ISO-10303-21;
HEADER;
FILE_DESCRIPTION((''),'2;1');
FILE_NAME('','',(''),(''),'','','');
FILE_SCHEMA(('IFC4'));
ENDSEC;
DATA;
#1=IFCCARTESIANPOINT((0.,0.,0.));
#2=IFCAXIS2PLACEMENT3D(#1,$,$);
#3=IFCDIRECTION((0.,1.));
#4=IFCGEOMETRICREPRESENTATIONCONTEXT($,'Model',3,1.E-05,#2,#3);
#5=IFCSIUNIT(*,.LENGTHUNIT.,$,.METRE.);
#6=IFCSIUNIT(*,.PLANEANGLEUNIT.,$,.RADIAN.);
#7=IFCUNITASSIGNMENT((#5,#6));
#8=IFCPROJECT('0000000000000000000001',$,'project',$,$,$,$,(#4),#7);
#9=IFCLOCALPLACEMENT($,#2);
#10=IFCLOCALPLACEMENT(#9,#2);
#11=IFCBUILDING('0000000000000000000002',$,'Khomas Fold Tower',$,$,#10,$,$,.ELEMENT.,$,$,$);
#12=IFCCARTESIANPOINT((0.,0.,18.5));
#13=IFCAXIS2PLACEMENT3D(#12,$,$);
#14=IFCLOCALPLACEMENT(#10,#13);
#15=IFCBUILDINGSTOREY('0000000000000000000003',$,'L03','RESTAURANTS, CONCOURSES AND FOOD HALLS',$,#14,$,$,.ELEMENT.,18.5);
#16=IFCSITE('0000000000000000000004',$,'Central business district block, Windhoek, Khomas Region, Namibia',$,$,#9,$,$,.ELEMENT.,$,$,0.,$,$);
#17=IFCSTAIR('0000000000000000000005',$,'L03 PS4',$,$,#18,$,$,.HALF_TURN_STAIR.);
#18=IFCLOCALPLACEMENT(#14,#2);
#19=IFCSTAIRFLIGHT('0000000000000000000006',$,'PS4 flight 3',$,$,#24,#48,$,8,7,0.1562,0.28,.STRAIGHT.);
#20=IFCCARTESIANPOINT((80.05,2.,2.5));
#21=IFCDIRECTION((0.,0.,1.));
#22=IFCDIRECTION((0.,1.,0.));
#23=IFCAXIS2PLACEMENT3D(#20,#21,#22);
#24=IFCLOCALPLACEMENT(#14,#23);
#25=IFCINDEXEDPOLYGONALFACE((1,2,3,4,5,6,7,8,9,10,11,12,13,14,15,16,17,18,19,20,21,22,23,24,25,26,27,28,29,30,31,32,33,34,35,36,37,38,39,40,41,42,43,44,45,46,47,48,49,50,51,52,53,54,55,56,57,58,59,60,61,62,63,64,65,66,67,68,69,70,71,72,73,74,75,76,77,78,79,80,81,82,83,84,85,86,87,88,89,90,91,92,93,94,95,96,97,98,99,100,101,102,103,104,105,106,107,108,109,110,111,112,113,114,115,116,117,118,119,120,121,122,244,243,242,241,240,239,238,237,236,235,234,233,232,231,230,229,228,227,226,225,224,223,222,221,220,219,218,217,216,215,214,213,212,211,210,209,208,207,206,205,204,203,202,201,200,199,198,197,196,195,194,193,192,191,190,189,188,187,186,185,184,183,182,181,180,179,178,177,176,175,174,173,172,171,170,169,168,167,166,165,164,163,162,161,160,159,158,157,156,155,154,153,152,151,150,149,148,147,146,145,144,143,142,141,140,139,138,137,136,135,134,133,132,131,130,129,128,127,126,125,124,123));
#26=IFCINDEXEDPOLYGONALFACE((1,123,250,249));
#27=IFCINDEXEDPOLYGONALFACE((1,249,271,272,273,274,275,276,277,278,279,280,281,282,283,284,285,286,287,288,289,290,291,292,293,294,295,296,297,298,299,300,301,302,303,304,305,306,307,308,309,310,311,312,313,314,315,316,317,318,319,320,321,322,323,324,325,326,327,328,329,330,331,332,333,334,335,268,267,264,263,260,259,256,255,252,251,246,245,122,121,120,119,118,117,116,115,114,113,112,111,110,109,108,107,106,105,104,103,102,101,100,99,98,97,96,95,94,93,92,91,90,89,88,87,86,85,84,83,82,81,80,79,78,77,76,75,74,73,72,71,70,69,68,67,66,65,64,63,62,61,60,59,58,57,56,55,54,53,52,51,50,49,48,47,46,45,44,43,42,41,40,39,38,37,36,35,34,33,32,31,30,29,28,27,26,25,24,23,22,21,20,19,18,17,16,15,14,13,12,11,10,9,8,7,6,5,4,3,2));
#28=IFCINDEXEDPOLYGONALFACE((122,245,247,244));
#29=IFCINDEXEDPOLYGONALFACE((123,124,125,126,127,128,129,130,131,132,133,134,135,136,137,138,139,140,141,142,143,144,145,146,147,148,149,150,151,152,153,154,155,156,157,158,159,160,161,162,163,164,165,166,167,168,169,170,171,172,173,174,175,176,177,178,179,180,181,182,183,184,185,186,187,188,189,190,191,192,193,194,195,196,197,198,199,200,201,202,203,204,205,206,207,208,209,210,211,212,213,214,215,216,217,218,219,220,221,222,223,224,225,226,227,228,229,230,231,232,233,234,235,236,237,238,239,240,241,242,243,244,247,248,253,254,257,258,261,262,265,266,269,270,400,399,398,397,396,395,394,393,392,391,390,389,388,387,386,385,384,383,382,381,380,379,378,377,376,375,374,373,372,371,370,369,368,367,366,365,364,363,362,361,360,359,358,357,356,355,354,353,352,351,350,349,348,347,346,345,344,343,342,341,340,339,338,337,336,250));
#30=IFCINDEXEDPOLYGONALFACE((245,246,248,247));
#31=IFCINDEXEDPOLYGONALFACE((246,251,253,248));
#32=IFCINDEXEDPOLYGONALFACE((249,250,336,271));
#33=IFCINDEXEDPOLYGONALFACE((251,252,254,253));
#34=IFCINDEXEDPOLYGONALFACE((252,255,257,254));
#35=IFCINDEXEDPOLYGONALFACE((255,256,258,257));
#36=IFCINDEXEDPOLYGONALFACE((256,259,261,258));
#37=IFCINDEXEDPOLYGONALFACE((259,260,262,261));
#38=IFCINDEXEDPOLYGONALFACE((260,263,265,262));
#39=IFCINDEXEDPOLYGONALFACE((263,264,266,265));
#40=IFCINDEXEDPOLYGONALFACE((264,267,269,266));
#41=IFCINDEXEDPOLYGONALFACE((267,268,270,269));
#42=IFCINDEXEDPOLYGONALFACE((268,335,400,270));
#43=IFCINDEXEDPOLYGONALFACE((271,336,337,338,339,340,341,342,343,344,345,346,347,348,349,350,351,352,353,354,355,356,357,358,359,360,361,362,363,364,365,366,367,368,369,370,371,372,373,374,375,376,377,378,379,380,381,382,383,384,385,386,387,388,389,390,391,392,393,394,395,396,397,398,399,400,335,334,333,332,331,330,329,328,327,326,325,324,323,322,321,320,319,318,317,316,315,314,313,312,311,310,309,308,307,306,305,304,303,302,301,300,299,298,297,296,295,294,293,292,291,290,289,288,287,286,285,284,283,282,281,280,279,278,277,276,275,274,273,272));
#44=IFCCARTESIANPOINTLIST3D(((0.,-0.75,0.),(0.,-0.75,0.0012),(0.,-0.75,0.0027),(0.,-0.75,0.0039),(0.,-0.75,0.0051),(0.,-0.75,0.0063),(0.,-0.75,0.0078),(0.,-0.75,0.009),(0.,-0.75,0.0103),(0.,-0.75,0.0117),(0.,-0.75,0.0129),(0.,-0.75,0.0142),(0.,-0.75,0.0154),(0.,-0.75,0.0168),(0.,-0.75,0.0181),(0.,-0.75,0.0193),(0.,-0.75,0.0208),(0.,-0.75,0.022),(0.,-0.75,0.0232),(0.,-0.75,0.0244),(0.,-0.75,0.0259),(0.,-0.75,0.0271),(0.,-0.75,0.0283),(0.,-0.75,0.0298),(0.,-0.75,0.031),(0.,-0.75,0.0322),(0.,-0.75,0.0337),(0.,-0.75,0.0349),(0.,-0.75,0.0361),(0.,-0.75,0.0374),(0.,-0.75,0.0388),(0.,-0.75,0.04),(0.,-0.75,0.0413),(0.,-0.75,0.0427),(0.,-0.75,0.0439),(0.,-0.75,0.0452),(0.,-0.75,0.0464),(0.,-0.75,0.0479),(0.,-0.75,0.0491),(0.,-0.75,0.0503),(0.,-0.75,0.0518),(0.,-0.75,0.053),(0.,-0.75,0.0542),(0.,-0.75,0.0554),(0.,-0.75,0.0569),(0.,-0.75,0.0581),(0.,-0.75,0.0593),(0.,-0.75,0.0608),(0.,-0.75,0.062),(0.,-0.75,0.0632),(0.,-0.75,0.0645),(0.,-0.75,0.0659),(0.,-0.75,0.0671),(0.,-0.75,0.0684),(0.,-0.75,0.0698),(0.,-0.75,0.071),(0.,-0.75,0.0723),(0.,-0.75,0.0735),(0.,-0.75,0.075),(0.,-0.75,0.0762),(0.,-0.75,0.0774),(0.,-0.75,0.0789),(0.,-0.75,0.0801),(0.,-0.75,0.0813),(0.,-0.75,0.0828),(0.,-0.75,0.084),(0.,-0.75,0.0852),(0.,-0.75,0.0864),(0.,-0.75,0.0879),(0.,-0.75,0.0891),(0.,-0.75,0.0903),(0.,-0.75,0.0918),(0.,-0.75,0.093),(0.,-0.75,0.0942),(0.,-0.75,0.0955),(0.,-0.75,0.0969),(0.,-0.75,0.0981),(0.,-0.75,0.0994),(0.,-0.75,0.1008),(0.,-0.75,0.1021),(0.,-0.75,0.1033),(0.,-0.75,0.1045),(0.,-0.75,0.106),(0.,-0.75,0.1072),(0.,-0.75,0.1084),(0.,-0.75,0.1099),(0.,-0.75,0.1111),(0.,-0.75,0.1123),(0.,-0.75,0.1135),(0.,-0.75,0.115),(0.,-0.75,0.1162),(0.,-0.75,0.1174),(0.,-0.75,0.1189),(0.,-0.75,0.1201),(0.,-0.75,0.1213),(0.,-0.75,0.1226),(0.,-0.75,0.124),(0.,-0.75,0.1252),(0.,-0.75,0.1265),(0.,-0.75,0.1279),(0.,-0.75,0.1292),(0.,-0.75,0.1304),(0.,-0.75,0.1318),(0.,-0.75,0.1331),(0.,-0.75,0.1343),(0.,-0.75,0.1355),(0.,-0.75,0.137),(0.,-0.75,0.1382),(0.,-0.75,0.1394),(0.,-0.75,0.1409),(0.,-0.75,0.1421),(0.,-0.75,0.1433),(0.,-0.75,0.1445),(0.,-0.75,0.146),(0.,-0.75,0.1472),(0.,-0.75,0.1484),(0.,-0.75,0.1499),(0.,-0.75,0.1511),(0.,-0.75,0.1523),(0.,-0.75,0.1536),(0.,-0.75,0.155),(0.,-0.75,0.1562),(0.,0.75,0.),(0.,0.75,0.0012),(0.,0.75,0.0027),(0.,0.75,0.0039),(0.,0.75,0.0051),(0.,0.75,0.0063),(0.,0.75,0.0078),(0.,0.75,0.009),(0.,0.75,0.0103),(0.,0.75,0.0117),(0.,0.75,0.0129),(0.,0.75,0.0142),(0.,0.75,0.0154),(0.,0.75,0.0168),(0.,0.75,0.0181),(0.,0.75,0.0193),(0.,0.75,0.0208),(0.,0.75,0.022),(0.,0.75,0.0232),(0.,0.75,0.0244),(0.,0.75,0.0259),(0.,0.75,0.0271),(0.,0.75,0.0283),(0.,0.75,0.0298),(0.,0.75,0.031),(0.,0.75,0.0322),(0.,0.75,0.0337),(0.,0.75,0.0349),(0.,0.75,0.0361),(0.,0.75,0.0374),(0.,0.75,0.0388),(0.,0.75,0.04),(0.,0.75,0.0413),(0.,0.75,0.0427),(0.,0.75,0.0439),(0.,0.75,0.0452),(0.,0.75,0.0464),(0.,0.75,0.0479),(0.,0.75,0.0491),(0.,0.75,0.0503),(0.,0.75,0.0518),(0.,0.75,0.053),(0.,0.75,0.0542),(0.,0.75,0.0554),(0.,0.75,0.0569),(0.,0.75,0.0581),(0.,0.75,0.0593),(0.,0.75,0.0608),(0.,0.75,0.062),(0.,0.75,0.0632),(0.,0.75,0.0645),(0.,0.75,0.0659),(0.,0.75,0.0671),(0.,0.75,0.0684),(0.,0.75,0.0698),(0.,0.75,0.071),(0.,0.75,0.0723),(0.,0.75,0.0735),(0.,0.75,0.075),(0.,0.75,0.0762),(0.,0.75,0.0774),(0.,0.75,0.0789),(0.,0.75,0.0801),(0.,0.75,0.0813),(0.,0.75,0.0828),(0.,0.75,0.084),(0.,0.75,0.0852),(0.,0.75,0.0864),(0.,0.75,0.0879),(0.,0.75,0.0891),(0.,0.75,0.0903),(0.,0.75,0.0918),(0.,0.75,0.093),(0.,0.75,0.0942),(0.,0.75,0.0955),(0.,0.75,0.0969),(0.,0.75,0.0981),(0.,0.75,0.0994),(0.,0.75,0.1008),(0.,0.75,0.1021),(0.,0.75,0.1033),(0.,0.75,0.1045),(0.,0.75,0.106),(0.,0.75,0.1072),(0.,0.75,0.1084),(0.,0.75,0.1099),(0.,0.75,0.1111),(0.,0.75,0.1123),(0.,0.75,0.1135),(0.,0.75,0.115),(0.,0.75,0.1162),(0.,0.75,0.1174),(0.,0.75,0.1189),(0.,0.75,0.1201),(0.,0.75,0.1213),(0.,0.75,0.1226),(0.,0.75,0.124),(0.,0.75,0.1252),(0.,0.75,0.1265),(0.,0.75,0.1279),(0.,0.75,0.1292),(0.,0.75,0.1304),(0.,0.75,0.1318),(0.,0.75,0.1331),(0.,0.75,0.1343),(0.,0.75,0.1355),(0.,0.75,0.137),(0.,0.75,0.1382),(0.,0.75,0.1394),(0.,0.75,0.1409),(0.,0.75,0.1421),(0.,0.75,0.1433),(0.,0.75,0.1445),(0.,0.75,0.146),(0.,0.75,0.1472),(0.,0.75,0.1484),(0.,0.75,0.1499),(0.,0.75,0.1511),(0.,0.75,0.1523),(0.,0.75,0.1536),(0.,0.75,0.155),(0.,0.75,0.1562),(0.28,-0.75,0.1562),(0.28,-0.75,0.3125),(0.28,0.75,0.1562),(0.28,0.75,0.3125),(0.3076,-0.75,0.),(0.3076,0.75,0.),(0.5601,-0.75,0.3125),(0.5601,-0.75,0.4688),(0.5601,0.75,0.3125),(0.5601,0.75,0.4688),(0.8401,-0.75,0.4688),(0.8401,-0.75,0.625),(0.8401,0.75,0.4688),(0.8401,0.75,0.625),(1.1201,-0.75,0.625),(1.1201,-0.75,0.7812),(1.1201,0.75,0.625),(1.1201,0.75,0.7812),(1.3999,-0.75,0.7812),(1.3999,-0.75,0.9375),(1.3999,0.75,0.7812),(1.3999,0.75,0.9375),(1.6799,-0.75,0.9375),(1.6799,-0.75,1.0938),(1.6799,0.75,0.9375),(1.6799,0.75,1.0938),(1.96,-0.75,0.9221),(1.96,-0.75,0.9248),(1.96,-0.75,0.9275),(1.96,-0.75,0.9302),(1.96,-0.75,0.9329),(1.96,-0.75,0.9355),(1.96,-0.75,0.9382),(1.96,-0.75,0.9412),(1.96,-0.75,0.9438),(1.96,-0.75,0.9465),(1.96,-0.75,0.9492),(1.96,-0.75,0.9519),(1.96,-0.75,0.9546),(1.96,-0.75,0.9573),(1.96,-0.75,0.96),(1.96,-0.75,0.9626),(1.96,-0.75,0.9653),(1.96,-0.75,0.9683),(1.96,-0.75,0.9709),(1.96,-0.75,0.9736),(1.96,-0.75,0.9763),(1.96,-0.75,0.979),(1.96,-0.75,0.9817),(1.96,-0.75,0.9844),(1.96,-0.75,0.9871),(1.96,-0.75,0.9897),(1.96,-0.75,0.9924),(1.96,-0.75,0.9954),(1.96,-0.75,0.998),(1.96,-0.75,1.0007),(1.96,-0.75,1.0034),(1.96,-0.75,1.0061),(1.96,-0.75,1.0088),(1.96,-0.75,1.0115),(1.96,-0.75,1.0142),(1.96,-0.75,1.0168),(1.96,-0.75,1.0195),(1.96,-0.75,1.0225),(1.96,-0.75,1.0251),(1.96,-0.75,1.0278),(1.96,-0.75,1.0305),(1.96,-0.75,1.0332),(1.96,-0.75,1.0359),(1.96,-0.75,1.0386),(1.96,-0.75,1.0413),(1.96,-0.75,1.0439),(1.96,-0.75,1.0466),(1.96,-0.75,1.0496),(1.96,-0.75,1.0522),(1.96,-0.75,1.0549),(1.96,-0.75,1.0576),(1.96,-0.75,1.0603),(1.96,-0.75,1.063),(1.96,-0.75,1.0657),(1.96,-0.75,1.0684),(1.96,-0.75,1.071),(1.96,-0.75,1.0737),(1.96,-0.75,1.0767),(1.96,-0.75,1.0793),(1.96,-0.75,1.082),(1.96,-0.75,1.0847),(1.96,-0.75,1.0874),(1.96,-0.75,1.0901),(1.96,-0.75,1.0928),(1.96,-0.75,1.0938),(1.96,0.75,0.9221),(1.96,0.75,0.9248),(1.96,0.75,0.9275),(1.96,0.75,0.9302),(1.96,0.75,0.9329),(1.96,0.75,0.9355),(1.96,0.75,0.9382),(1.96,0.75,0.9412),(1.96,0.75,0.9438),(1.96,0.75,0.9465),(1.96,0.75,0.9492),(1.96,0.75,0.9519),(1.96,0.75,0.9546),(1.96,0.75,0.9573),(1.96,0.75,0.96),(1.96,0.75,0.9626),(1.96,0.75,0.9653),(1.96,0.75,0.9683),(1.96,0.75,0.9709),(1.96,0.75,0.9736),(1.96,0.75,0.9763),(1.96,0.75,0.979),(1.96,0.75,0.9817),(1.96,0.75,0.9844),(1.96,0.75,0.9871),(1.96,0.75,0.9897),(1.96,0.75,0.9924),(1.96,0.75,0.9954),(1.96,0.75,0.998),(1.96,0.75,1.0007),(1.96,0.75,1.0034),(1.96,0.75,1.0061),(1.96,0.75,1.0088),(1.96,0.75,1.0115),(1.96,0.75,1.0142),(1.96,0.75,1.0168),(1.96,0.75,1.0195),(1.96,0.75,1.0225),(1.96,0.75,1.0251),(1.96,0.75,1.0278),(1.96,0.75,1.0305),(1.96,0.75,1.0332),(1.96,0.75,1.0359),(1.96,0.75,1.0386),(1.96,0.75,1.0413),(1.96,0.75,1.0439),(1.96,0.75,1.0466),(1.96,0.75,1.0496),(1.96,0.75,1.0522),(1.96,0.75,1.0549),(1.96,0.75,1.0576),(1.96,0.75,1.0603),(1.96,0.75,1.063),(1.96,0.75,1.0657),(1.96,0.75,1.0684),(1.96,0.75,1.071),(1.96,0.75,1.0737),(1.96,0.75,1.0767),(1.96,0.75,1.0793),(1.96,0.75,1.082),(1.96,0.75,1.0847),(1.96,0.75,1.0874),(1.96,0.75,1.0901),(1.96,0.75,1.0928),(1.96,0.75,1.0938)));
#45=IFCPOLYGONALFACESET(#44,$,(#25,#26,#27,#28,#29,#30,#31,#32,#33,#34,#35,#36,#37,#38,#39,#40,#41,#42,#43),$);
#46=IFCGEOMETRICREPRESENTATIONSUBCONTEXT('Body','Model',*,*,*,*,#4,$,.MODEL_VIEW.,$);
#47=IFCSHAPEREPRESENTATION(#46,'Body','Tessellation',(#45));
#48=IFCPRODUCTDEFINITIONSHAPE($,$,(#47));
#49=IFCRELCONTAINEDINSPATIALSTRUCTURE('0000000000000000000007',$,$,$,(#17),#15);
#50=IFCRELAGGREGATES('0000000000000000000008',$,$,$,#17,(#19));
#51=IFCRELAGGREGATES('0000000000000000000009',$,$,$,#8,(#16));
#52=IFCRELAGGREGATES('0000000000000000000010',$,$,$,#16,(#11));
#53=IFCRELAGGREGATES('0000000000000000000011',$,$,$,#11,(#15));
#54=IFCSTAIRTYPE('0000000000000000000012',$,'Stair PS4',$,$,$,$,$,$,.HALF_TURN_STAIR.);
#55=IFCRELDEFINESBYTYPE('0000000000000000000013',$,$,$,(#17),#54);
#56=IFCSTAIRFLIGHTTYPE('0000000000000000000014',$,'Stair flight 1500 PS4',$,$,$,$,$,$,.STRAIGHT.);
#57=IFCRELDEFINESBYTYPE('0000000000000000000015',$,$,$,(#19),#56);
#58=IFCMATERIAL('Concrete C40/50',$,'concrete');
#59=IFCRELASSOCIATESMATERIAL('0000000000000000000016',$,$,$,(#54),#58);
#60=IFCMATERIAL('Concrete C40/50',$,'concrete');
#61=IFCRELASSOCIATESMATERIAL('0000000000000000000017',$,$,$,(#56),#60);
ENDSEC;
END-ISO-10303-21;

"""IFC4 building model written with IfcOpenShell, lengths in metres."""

from ifc_helpers import new_model, si_unit, direction, frame, origin, place, context, subcontext, project, spatial, polyline, outline, extrude, source, transform, mapped, material, type_object, element, aggregate, save


model = new_model("IFC4")

# Units and contexts
model_context = context("Model", 3, precision=1e-05, world=origin(), true_north=direction((0.0, 1.0)))
body_context = subcontext(model_context, "Body", "Model", "MODEL_VIEW")
ifc_project = project(units=[si_unit("LENGTHUNIT", "METRE"), si_unit("PLANEANGLEUNIT", "RADIAN")], contexts=[model_context])

# Site, building, storey
site_placement = place(None, origin())
site = spatial("IfcSite", under=ifc_project, at=site_placement, Name="Central business district block, Windhoek, Khomas Region, Namibia", CompositionType="ELEMENT", RefElevation=0.0)
building_placement = place(site_placement, origin())
building = spatial("IfcBuilding", under=site, at=building_placement, Name="Khomas Fold Tower", CompositionType="ELEMENT")
storey_placement = place(building_placement, frame((0.0, 0.0, 18.5)))
storey = spatial("IfcBuildingStorey", under=building, at=storey_placement, Name="L03", Description="RESTAURANTS, CONCOURSES AND FOOD HALLS", CompositionType="ELEMENT", Elevation=18.5)

# Stair, stair flight
shared_shape_1 = source(origin(), body_context, "Body", "SweptSolid", [
    extrude(outline(polyline([(0.0, 0.0), (0.0, 0.0012), (0.0, 0.0027), (0.0, 0.0039), (0.0, 0.0051), (0.0, 0.0063), (0.0, 0.0078), (0.0, 0.009), (0.0, 0.0103), (0.0, 0.0117), (0.0, 0.0129), (0.0, 0.0142), (0.0, 0.0154), (0.0, 0.0168), (0.0, 0.0181), (0.0, 0.0193), (0.0, 0.0208), (0.0, 0.022), (0.0, 0.0232), (0.0, 0.0244), (0.0, 0.0259), (0.0, 0.0271), (0.0, 0.0283), (0.0, 0.0298), (0.0, 0.031), (0.0, 0.0322), (0.0, 0.0337), (0.0, 0.0349), (0.0, 0.0361), (0.0, 0.0374), (0.0, 0.0388), (0.0, 0.04), (0.0, 0.0413), (0.0, 0.0427), (0.0, 0.0439), (0.0, 0.0452), (0.0, 0.0464), (0.0, 0.0479), (0.0, 0.0491), (0.0, 0.0503), (0.0, 0.0518), (0.0, 0.053), (0.0, 0.0542), (0.0, 0.0554), (0.0, 0.0569), (0.0, 0.0581), (0.0, 0.0593), (0.0, 0.0608), (0.0, 0.062), (0.0, 0.0632), (0.0, 0.0645), (0.0, 0.0659), (0.0, 0.0671), (0.0, 0.0684), (0.0, 0.0698), (0.0, 0.071), (0.0, 0.0723), (0.0, 0.0735), (0.0, 0.075), (0.0, 0.0762), (0.0, 0.0774), (0.0, 0.0789), (0.0, 0.0801), (0.0, 0.0813), (0.0, 0.0828), (0.0, 0.084), (0.0, 0.0852), (0.0, 0.0864), (0.0, 0.0879), (0.0, 0.0891), (0.0, 0.0903), (0.0, 0.0918), (0.0, 0.093), (0.0, 0.0942), (0.0, 0.0955), (0.0, 0.0969), (0.0, 0.0981), (0.0, 0.0994), (0.0, 0.1008), (0.0, 0.1021), (0.0, 0.1033), (0.0, 0.1045), (0.0, 0.106), (0.0, 0.1072), (0.0, 0.1084), (0.0, 0.1099), (0.0, 0.1111), (0.0, 0.1123), (0.0, 0.1135), (0.0, 0.115), (0.0, 0.1162), (0.0, 0.1174), (0.0, 0.1189), (0.0, 0.1201), (0.0, 0.1213), (0.0, 0.1226), (0.0, 0.124), (0.0, 0.1252), (0.0, 0.1265), (0.0, 0.1279), (0.0, 0.1292), (0.0, 0.1304), (0.0, 0.1318), (0.0, 0.1331), (0.0, 0.1343), (0.0, 0.1355), (0.0, 0.137), (0.0, 0.1382), (0.0, 0.1394), (0.0, 0.1409), (0.0, 0.1421), (0.0, 0.1433), (0.0, 0.1445), (0.0, 0.146), (0.0, 0.1472), (0.0, 0.1484), (0.0, 0.1499), (0.0, 0.1511), (0.0, 0.1523), (0.0, 0.1536), (0.0, 0.155), (0.0, 0.1562), (0.28, 0.1562), (0.28, 0.3125), (0.5601, 0.3125), (0.5601, 0.4688), (0.8401, 0.4688), (0.8401, 0.625), (1.1201, 0.625), (1.1201, 0.7812), (1.3999, 0.7812), (1.3999, 0.9375), (1.6799, 0.9375), (1.6799, 1.0938), (1.96, 1.0938), (1.96, 1.25), (1.96, 1.2473), (1.96, 1.2446), (1.96, 1.2419), (1.96, 1.2393), (1.96, 1.2363), (1.96, 1.2336), (1.96, 1.231), (1.96, 1.2283), (1.96, 1.2256), (1.96, 1.2229), (1.96, 1.2202), (1.96, 1.2175), (1.96, 1.2148), (1.96, 1.2122), (1.96, 1.2092), (1.96, 1.2065), (1.96, 1.2039), (1.96, 1.2012), (1.96, 1.1985), (1.96, 1.1958), (1.96, 1.1931), (1.96, 1.1904), (1.96, 1.1877), (1.96, 1.1851), (1.96, 1.1821), (1.96, 1.1794), (1.96, 1.1768), (1.96, 1.1741), (1.96, 1.1714), (1.96, 1.1687), (1.96, 1.166), (1.96, 1.1633), (1.96, 1.1606), (1.96, 1.158), (1.96, 1.155), (1.96, 1.1523), (1.96, 1.1497), (1.96, 1.147), (1.96, 1.1443), (1.96, 1.1416), (1.96, 1.1389), (1.96, 1.1362), (1.96, 1.1335), (1.96, 1.1309), (1.96, 1.1279), (1.96, 1.1252), (1.96, 1.1226), (1.96, 1.1199), (1.96, 1.1172), (1.96, 1.1145), (1.96, 1.1118), (1.96, 1.1091), (1.96, 1.1064), (1.96, 1.1038), (1.96, 1.1008), (1.96, 1.0981), (1.96, 1.0955), (1.96, 1.0928), (1.96, 1.0901), (1.96, 1.0874), (1.96, 1.0847), (1.96, 1.082), (1.96, 1.0793), (1.96, 1.0767), (1.96, 1.0737), (1.96, 1.071), (1.96, 1.0684), (1.96, 1.0657), (1.96, 1.063), (1.96, 1.0603), (1.96, 1.0576), (1.96, 1.0549), (1.96, 1.0522), (1.96, 1.0496), (1.96, 1.0466), (1.96, 1.0439), (1.96, 1.0413), (1.96, 1.0386), (1.96, 1.0359), (1.96, 1.0332), (1.96, 1.0305), (1.96, 1.0278), (1.96, 1.0251), (1.96, 1.0225), (1.96, 1.0195), (1.96, 1.0168), (1.96, 1.0142), (1.96, 1.0115), (1.96, 1.0088), (1.96, 1.0061), (1.96, 1.0034), (1.96, 1.0007), (1.96, 0.998), (1.96, 0.9954), (1.96, 0.9924), (1.96, 0.9897), (1.96, 0.9871), (1.96, 0.9844), (1.96, 0.9817), (1.96, 0.979), (1.96, 0.9763), (1.96, 0.9736), (1.96, 0.9709), (1.96, 0.9683), (1.96, 0.9653), (1.96, 0.9626), (1.96, 0.96), (1.96, 0.9573), (1.96, 0.9546), (1.96, 0.9519), (1.96, 0.9492), (1.96, 0.9465), (1.96, 0.9438), (1.96, 0.9412), (1.96, 0.9382), (1.96, 0.9355), (1.96, 0.9329), (1.96, 0.9302), (1.96, 0.9275), (1.96, 0.9248), (1.96, 0.9221), (0.3076, 0.0), (0.0, 0.0)])), frame((0.0, 0.75, 0.0), z_axis=(0.0, -1.0, 0.0), x_axis=(1.0, 0.0, 0.0)), (0.0, 0.0, 1.0), 1.5),
])
ifc_material_1 = material(Name="Concrete C40/50", Category="concrete")
stair_type_1 = type_object("IfcStairType", Name="Stair PS4", PredefinedType="HALF_TURN_STAIR", material=ifc_material_1)
stair_1_placement = place(storey_placement, origin())
stair_1 = element("IfcStair", 1, at=stair_1_placement, inside=storey, type_object=stair_type_1, Name="L03 PS4", PredefinedType="HALF_TURN_STAIR")
ifc_material_2 = material(Name="Concrete C40/50", Category="concrete")
stair_flight_type_1 = type_object("IfcStairFlightType", Name="Stair flight 1500 PS4", PredefinedType="STRAIGHT", material=ifc_material_2)
stair_flight_1_placement = place(storey_placement, frame((80.05, 2.0, 2.5), z_axis=(0.0, 0.0, 1.0), x_axis=(0.0, 1.0, 0.0)))
stair_flight_1 = element("IfcStairFlight", 2, at=stair_flight_1_placement, type_object=stair_flight_type_1, Name="PS4 flight 3", NumberOfRisers=8, NumberOfTreads=7, PredefinedType="STRAIGHT", RiserHeight=0.1562, TreadLength=0.28, context=body_context, shape_type="MappedRepresentation", body=[
    mapped(shared_shape_1, transform((0.0, 0.0, 0.0))),
])
aggregate(stair_1, [stair_flight_1])

save(model, "model.ifc")
